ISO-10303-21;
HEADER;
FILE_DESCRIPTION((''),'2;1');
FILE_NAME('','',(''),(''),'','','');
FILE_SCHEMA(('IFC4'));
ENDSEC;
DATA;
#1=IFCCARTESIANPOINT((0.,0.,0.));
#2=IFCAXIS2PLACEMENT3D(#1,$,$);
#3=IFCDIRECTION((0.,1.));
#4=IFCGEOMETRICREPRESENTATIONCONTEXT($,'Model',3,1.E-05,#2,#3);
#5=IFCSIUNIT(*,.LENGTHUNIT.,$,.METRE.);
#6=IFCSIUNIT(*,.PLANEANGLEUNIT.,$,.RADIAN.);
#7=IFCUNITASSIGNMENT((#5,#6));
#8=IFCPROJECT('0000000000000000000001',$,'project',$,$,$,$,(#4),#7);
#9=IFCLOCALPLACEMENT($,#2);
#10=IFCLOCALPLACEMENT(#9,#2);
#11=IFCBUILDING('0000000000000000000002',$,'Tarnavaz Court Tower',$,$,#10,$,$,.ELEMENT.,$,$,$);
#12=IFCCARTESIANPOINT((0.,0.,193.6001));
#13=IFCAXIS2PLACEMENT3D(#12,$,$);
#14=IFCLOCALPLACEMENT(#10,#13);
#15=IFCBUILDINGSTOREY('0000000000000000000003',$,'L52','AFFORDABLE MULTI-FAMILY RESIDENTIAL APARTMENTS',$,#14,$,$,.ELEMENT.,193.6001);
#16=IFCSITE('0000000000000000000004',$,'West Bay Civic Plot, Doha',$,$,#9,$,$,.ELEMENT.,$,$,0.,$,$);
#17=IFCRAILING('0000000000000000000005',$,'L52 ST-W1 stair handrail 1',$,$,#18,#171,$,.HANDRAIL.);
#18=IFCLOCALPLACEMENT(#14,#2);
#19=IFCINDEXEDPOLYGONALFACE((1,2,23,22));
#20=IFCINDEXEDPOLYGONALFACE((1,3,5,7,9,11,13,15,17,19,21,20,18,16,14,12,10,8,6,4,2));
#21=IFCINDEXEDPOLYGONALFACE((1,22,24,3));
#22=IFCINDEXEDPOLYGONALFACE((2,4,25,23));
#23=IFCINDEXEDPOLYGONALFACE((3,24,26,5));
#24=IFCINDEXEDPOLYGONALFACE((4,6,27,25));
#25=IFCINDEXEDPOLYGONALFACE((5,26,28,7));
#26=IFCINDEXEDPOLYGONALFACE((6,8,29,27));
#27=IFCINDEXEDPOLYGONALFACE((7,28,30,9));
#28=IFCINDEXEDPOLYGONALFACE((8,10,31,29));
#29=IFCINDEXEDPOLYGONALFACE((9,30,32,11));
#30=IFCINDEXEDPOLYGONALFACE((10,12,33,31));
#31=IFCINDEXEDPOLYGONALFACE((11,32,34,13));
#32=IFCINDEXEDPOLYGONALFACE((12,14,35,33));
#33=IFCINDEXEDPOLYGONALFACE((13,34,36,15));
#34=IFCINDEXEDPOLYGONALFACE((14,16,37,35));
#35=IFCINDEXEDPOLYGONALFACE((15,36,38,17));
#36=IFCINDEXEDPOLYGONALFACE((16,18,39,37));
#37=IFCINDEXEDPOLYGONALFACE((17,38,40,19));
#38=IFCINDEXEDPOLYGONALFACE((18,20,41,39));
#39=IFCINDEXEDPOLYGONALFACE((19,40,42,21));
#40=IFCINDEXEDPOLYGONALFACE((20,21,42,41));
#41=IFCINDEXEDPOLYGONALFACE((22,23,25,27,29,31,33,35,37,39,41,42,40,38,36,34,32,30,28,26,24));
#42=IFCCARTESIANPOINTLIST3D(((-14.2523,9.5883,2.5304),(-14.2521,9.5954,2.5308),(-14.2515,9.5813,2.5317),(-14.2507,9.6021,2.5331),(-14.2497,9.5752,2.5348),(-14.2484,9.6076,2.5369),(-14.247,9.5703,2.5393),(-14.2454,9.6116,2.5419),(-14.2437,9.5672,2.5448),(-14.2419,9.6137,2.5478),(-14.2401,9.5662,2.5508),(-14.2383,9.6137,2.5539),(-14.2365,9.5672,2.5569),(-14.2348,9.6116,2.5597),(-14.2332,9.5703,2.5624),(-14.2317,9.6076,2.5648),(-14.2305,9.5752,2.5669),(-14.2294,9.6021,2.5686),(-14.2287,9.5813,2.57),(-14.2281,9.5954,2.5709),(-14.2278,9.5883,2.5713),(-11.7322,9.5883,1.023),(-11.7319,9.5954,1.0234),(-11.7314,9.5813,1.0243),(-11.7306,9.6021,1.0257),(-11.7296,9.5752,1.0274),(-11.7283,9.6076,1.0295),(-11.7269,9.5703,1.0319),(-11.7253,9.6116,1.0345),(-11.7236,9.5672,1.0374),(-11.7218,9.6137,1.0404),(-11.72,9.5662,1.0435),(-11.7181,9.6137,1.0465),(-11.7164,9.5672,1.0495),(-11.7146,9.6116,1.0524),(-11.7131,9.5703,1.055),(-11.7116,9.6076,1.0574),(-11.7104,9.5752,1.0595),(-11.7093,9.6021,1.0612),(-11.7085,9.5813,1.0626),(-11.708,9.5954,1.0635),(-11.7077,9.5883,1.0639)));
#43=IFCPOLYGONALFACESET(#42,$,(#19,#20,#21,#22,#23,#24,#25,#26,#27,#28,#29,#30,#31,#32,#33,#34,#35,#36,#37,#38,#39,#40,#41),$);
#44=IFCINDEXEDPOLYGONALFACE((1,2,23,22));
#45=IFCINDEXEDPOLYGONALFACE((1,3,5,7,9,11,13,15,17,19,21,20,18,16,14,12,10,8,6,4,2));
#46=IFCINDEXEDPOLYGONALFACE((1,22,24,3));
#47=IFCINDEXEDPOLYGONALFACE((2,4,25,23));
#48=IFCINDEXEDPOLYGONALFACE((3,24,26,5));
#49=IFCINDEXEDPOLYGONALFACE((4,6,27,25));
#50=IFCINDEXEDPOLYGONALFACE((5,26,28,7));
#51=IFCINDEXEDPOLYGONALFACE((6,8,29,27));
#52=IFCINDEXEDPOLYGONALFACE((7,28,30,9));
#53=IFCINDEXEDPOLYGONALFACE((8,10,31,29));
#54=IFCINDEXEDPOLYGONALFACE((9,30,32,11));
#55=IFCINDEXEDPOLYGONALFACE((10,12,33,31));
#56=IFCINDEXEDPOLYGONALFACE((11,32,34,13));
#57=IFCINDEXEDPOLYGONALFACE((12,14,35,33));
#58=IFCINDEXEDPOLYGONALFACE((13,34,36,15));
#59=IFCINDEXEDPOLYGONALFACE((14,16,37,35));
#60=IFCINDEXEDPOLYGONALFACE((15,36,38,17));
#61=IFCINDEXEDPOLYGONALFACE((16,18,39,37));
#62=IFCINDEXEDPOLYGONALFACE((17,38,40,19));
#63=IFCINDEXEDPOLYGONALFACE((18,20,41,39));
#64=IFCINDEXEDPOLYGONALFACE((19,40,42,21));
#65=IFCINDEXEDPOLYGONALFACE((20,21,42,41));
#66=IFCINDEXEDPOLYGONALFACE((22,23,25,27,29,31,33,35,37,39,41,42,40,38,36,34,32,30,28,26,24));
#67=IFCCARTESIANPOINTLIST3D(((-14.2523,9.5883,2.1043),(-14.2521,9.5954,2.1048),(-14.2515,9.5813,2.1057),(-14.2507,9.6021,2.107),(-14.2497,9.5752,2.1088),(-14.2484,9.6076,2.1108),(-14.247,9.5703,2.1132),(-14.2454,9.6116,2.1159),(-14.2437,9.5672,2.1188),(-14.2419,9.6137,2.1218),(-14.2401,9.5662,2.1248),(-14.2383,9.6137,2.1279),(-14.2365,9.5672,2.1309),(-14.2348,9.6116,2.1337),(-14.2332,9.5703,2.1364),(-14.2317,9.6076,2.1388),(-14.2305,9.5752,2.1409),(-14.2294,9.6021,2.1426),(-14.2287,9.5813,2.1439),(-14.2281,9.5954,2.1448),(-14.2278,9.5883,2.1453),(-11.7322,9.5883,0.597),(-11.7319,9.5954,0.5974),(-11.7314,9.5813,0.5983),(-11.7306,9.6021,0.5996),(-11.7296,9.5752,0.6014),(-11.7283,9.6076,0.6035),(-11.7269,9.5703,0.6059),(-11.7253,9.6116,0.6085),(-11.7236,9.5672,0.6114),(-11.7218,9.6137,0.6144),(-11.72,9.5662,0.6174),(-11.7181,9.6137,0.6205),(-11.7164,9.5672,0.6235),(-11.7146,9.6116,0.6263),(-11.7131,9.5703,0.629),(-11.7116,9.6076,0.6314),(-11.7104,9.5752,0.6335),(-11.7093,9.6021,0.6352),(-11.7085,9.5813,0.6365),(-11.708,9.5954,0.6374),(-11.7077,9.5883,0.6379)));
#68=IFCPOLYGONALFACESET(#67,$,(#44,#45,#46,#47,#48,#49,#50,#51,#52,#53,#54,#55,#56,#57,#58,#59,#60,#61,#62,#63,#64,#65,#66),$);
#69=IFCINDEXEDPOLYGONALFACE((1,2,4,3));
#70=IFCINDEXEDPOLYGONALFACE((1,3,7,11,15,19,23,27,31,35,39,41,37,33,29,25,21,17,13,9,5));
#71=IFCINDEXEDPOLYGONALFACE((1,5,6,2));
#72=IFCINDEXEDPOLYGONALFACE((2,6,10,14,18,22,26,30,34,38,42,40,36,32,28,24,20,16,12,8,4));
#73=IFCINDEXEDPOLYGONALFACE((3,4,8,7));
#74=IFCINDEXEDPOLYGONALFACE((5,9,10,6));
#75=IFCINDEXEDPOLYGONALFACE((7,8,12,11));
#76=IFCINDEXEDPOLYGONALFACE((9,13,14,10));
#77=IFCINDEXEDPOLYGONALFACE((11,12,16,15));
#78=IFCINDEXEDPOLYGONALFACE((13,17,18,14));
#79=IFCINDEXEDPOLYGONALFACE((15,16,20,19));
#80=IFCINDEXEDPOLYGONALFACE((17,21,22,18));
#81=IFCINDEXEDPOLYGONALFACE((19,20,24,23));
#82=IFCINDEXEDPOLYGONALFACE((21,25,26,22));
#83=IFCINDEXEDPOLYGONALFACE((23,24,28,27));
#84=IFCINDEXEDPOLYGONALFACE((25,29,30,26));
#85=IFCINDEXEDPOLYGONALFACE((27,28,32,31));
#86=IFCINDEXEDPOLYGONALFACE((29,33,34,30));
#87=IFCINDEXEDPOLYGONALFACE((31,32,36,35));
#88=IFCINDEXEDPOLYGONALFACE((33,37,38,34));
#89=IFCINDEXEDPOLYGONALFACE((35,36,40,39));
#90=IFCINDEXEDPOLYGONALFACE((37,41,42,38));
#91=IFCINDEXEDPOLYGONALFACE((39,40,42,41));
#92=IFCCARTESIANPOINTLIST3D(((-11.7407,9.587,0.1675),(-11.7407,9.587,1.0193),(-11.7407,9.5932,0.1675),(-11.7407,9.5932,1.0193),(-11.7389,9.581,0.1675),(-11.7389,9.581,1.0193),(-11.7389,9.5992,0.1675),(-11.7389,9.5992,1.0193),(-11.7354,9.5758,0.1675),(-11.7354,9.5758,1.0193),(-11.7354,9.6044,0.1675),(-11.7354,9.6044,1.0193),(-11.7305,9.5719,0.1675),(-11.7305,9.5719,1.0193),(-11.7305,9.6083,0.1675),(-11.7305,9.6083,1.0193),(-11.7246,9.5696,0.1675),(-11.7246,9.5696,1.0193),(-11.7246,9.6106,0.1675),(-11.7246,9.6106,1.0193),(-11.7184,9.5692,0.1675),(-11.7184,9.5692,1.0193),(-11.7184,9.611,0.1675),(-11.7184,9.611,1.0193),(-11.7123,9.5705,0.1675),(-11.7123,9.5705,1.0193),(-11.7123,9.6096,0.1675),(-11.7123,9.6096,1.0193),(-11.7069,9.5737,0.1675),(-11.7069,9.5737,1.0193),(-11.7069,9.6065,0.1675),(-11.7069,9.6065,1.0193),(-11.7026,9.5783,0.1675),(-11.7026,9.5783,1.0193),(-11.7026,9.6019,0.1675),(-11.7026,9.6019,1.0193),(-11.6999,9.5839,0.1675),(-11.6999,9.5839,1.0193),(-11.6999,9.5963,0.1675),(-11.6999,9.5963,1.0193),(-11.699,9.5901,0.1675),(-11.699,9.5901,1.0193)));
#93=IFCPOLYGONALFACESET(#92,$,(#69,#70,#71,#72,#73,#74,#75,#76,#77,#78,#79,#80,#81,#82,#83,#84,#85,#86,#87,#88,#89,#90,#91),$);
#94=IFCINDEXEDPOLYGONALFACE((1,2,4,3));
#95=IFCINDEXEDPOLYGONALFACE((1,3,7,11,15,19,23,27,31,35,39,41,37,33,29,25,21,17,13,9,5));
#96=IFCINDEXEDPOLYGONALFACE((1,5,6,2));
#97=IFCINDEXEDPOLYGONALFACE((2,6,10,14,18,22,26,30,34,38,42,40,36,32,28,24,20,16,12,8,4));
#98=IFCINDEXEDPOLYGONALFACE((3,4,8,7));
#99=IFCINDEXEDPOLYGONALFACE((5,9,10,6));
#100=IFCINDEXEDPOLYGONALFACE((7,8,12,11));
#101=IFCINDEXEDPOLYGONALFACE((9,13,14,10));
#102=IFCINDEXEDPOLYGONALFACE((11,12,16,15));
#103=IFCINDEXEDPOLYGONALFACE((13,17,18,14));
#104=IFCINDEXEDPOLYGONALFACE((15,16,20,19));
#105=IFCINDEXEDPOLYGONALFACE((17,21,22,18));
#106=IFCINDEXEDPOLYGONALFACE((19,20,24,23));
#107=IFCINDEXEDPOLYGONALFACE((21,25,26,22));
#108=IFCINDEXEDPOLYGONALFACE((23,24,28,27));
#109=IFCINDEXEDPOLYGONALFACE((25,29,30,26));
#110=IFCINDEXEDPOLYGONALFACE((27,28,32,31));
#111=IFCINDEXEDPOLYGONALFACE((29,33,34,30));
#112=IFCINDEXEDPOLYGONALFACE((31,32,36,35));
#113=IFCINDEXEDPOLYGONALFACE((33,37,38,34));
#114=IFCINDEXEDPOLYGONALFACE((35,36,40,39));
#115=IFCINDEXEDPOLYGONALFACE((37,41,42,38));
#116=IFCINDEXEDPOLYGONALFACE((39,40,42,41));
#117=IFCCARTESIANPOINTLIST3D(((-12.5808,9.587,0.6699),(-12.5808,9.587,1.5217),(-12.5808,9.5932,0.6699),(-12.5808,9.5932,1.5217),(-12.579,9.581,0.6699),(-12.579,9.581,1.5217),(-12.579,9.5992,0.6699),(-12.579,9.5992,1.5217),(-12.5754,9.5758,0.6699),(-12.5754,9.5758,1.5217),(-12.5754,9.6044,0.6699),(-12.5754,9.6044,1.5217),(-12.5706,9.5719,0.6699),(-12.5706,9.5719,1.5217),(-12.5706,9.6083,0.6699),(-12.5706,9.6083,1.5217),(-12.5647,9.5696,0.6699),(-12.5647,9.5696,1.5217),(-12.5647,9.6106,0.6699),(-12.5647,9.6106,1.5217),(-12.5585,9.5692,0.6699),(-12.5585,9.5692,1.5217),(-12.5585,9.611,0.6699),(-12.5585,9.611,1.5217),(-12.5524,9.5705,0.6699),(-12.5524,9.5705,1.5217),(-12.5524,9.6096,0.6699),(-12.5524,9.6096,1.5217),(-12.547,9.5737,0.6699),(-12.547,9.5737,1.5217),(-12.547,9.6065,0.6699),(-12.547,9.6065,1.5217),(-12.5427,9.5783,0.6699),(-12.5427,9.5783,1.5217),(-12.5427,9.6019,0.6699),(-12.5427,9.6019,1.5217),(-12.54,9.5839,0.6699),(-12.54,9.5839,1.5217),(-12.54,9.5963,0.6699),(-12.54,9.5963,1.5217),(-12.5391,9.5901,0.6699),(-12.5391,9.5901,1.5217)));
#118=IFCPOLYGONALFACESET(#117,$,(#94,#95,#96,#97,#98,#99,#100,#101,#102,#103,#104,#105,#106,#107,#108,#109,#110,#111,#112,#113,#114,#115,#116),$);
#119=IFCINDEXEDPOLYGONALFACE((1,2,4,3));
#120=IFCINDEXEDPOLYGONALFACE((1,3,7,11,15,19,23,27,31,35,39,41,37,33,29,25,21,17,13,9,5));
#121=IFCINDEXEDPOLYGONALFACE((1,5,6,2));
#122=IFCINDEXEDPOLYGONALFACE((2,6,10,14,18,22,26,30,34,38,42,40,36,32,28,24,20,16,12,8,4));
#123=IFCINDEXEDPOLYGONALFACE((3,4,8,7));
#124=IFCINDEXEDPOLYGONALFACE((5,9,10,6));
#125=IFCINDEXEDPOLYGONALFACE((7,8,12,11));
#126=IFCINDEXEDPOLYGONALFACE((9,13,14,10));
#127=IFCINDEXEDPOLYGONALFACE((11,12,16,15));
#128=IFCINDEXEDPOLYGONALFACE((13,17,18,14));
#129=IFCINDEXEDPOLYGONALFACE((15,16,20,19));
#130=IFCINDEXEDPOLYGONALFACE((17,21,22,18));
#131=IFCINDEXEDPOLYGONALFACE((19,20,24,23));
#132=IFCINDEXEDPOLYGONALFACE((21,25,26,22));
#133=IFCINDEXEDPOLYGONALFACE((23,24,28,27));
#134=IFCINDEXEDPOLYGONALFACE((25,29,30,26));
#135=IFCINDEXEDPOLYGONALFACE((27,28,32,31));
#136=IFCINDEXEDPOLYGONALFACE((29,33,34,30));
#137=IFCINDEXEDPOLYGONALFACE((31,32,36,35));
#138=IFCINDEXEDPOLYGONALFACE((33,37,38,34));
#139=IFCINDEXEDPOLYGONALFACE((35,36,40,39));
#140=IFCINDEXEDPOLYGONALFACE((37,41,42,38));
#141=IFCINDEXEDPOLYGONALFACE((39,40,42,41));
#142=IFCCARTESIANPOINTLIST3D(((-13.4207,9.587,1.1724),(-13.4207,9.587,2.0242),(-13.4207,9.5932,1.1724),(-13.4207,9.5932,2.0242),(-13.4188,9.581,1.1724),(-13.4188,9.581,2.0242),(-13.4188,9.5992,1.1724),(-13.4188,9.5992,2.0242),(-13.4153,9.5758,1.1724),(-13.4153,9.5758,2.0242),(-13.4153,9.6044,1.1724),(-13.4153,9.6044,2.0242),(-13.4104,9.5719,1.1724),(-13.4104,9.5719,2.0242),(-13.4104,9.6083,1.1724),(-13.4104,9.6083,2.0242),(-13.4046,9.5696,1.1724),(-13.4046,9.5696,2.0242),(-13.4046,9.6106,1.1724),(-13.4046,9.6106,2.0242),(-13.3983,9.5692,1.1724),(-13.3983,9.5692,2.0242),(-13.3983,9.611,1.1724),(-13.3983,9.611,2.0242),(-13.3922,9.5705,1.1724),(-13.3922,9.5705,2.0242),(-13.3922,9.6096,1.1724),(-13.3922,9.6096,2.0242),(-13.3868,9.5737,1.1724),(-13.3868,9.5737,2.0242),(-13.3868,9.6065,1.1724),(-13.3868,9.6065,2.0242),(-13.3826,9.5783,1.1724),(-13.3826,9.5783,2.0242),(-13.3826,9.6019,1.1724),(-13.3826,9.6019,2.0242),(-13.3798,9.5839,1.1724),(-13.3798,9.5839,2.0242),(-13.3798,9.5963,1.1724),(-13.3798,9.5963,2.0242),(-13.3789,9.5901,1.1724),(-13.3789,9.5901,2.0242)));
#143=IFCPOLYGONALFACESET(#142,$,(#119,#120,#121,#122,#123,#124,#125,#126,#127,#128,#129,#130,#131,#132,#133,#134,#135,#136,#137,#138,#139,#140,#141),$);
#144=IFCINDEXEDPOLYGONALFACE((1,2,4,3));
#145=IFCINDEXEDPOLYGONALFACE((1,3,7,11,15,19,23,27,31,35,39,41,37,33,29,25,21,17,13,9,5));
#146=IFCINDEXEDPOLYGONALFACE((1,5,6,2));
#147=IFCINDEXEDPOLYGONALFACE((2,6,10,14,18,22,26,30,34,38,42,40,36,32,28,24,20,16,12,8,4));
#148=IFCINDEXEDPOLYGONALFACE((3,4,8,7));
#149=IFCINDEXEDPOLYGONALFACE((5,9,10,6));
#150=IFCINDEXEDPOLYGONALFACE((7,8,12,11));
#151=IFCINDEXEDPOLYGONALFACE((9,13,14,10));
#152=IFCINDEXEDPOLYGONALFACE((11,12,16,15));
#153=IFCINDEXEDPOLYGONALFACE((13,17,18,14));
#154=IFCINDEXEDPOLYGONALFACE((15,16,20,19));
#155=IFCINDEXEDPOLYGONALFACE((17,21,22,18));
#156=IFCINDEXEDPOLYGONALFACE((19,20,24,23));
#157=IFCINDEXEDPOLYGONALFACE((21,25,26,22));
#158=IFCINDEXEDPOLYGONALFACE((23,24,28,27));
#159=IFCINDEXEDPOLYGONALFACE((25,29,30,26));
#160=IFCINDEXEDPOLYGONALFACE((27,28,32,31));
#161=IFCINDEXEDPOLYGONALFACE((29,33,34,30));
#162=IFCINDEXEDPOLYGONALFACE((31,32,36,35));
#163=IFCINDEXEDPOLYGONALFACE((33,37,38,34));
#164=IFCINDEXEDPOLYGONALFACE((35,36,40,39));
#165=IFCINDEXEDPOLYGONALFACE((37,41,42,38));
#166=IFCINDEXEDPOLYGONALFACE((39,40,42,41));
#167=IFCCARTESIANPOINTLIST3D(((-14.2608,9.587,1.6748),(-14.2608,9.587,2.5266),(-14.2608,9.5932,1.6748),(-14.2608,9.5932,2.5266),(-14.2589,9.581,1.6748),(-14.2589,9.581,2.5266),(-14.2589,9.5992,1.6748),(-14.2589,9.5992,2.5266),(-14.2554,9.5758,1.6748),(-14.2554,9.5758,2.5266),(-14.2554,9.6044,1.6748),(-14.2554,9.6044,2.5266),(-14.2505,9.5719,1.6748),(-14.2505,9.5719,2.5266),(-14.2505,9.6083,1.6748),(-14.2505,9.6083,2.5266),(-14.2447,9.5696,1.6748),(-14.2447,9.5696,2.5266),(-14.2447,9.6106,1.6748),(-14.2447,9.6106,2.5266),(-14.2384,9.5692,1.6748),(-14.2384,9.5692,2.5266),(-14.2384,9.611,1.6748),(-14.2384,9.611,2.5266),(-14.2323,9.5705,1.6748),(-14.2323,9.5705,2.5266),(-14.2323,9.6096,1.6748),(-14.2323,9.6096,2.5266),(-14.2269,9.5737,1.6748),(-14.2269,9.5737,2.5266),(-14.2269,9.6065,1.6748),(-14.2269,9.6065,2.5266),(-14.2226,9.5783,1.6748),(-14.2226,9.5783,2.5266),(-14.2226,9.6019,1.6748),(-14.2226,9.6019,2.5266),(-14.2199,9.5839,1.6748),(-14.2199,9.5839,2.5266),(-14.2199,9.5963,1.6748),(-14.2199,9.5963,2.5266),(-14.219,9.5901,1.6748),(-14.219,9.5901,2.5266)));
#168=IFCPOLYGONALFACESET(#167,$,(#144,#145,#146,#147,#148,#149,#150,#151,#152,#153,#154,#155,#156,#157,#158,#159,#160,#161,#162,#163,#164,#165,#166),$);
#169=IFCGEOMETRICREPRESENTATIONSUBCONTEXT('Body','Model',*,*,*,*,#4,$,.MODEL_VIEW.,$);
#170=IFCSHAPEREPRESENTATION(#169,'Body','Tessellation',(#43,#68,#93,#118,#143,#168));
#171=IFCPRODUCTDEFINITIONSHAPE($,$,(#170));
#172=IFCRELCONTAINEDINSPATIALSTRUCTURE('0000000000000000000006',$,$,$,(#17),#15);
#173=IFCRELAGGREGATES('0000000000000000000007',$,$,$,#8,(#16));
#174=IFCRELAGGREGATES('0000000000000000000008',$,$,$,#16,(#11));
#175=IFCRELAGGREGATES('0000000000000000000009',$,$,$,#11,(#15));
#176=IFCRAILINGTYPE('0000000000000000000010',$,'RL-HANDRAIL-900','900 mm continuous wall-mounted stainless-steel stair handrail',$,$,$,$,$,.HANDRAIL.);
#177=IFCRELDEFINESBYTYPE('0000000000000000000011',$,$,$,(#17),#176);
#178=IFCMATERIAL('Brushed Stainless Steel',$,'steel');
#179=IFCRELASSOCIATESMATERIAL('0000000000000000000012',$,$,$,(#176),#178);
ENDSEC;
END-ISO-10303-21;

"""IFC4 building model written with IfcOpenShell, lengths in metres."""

from ifc_helpers import new_model, si_unit, direction, frame, origin, origin_2d, place, context, subcontext, project, spatial, circle, extrude, material, type_object, element, save


model = new_model("IFC4")

# Units and contexts
model_context = context("Model", 3, precision=1e-05, world=origin(), true_north=direction((0.0, 1.0)))
body_context = subcontext(model_context, "Body", "Model", "MODEL_VIEW")
ifc_project = project(units=[si_unit("LENGTHUNIT", "METRE"), si_unit("PLANEANGLEUNIT", "RADIAN")], contexts=[model_context])

# Site, building, storey
site_placement = place(None, origin())
site = spatial("IfcSite", under=ifc_project, at=site_placement, Name="West Bay Civic Plot, Doha", CompositionType="ELEMENT", RefElevation=0.0)
building_placement = place(site_placement, origin())
building = spatial("IfcBuilding", under=site, at=building_placement, Name="Tarnavaz Court Tower", CompositionType="ELEMENT")
storey_placement = place(building_placement, frame((0.0, 0.0, 193.6001)))
storey = spatial("IfcBuildingStorey", under=building, at=storey_placement, Name="L52", Description="AFFORDABLE MULTI-FAMILY RESIDENTIAL APARTMENTS", CompositionType="ELEMENT", Elevation=193.6001)

# Railing
ifc_material_1 = material(Name="Brushed Stainless Steel", Category="steel")
railing_type_1 = type_object("IfcRailingType", Name="RL-HANDRAIL-900", Description="900 mm continuous wall-mounted stainless-steel stair handrail", PredefinedType="HANDRAIL", material=ifc_material_1)
railing_1_placement = place(storey_placement, frame((-11.72, 9.5901, 0.1675)))
element("IfcRailing", 1, at=railing_1_placement, inside=storey, type_object=railing_type_1, Name="L52 ST-W1 stair handrail 1", PredefinedType="HANDRAIL", context=body_context, shape_type="SweptSolid", body=[
    extrude(circle(Radius=0.0239, at=origin_2d()), frame((0.0, 0.0, 0.876), z_axis=(-0.858196, 0.0, 0.513321), x_axis=(0.0, -1.0, 0.0)), (0.0, 0.0, 1.0), 2.9365),
    extrude(circle(Radius=0.0239, at=origin_2d()), frame((0.0, 0.0, 0.45), z_axis=(-0.858196, 0.0, 0.513321), x_axis=(0.0, -1.0, 0.0)), (0.0, 0.0, 1.0), 2.9365),
    extrude(circle(Radius=0.021, at=origin_2d()), origin(), (0.0, 0.0, 1.0), 0.8518),
    extrude(circle(Radius=0.021, at=origin_2d()), frame((-0.8401, 0.0, 0.5024)), (0.0, 0.0, 1.0), 0.8518),
    extrude(circle(Radius=0.021, at=origin_2d()), frame((-1.6799, 0.0, 1.0049)), (0.0, 0.0, 1.0), 0.8518),
    extrude(circle(Radius=0.021, at=origin_2d()), frame((-2.52, 0.0, 1.5073)), (0.0, 0.0, 1.0), 0.8518),
])

save(model, "model.ifc")
